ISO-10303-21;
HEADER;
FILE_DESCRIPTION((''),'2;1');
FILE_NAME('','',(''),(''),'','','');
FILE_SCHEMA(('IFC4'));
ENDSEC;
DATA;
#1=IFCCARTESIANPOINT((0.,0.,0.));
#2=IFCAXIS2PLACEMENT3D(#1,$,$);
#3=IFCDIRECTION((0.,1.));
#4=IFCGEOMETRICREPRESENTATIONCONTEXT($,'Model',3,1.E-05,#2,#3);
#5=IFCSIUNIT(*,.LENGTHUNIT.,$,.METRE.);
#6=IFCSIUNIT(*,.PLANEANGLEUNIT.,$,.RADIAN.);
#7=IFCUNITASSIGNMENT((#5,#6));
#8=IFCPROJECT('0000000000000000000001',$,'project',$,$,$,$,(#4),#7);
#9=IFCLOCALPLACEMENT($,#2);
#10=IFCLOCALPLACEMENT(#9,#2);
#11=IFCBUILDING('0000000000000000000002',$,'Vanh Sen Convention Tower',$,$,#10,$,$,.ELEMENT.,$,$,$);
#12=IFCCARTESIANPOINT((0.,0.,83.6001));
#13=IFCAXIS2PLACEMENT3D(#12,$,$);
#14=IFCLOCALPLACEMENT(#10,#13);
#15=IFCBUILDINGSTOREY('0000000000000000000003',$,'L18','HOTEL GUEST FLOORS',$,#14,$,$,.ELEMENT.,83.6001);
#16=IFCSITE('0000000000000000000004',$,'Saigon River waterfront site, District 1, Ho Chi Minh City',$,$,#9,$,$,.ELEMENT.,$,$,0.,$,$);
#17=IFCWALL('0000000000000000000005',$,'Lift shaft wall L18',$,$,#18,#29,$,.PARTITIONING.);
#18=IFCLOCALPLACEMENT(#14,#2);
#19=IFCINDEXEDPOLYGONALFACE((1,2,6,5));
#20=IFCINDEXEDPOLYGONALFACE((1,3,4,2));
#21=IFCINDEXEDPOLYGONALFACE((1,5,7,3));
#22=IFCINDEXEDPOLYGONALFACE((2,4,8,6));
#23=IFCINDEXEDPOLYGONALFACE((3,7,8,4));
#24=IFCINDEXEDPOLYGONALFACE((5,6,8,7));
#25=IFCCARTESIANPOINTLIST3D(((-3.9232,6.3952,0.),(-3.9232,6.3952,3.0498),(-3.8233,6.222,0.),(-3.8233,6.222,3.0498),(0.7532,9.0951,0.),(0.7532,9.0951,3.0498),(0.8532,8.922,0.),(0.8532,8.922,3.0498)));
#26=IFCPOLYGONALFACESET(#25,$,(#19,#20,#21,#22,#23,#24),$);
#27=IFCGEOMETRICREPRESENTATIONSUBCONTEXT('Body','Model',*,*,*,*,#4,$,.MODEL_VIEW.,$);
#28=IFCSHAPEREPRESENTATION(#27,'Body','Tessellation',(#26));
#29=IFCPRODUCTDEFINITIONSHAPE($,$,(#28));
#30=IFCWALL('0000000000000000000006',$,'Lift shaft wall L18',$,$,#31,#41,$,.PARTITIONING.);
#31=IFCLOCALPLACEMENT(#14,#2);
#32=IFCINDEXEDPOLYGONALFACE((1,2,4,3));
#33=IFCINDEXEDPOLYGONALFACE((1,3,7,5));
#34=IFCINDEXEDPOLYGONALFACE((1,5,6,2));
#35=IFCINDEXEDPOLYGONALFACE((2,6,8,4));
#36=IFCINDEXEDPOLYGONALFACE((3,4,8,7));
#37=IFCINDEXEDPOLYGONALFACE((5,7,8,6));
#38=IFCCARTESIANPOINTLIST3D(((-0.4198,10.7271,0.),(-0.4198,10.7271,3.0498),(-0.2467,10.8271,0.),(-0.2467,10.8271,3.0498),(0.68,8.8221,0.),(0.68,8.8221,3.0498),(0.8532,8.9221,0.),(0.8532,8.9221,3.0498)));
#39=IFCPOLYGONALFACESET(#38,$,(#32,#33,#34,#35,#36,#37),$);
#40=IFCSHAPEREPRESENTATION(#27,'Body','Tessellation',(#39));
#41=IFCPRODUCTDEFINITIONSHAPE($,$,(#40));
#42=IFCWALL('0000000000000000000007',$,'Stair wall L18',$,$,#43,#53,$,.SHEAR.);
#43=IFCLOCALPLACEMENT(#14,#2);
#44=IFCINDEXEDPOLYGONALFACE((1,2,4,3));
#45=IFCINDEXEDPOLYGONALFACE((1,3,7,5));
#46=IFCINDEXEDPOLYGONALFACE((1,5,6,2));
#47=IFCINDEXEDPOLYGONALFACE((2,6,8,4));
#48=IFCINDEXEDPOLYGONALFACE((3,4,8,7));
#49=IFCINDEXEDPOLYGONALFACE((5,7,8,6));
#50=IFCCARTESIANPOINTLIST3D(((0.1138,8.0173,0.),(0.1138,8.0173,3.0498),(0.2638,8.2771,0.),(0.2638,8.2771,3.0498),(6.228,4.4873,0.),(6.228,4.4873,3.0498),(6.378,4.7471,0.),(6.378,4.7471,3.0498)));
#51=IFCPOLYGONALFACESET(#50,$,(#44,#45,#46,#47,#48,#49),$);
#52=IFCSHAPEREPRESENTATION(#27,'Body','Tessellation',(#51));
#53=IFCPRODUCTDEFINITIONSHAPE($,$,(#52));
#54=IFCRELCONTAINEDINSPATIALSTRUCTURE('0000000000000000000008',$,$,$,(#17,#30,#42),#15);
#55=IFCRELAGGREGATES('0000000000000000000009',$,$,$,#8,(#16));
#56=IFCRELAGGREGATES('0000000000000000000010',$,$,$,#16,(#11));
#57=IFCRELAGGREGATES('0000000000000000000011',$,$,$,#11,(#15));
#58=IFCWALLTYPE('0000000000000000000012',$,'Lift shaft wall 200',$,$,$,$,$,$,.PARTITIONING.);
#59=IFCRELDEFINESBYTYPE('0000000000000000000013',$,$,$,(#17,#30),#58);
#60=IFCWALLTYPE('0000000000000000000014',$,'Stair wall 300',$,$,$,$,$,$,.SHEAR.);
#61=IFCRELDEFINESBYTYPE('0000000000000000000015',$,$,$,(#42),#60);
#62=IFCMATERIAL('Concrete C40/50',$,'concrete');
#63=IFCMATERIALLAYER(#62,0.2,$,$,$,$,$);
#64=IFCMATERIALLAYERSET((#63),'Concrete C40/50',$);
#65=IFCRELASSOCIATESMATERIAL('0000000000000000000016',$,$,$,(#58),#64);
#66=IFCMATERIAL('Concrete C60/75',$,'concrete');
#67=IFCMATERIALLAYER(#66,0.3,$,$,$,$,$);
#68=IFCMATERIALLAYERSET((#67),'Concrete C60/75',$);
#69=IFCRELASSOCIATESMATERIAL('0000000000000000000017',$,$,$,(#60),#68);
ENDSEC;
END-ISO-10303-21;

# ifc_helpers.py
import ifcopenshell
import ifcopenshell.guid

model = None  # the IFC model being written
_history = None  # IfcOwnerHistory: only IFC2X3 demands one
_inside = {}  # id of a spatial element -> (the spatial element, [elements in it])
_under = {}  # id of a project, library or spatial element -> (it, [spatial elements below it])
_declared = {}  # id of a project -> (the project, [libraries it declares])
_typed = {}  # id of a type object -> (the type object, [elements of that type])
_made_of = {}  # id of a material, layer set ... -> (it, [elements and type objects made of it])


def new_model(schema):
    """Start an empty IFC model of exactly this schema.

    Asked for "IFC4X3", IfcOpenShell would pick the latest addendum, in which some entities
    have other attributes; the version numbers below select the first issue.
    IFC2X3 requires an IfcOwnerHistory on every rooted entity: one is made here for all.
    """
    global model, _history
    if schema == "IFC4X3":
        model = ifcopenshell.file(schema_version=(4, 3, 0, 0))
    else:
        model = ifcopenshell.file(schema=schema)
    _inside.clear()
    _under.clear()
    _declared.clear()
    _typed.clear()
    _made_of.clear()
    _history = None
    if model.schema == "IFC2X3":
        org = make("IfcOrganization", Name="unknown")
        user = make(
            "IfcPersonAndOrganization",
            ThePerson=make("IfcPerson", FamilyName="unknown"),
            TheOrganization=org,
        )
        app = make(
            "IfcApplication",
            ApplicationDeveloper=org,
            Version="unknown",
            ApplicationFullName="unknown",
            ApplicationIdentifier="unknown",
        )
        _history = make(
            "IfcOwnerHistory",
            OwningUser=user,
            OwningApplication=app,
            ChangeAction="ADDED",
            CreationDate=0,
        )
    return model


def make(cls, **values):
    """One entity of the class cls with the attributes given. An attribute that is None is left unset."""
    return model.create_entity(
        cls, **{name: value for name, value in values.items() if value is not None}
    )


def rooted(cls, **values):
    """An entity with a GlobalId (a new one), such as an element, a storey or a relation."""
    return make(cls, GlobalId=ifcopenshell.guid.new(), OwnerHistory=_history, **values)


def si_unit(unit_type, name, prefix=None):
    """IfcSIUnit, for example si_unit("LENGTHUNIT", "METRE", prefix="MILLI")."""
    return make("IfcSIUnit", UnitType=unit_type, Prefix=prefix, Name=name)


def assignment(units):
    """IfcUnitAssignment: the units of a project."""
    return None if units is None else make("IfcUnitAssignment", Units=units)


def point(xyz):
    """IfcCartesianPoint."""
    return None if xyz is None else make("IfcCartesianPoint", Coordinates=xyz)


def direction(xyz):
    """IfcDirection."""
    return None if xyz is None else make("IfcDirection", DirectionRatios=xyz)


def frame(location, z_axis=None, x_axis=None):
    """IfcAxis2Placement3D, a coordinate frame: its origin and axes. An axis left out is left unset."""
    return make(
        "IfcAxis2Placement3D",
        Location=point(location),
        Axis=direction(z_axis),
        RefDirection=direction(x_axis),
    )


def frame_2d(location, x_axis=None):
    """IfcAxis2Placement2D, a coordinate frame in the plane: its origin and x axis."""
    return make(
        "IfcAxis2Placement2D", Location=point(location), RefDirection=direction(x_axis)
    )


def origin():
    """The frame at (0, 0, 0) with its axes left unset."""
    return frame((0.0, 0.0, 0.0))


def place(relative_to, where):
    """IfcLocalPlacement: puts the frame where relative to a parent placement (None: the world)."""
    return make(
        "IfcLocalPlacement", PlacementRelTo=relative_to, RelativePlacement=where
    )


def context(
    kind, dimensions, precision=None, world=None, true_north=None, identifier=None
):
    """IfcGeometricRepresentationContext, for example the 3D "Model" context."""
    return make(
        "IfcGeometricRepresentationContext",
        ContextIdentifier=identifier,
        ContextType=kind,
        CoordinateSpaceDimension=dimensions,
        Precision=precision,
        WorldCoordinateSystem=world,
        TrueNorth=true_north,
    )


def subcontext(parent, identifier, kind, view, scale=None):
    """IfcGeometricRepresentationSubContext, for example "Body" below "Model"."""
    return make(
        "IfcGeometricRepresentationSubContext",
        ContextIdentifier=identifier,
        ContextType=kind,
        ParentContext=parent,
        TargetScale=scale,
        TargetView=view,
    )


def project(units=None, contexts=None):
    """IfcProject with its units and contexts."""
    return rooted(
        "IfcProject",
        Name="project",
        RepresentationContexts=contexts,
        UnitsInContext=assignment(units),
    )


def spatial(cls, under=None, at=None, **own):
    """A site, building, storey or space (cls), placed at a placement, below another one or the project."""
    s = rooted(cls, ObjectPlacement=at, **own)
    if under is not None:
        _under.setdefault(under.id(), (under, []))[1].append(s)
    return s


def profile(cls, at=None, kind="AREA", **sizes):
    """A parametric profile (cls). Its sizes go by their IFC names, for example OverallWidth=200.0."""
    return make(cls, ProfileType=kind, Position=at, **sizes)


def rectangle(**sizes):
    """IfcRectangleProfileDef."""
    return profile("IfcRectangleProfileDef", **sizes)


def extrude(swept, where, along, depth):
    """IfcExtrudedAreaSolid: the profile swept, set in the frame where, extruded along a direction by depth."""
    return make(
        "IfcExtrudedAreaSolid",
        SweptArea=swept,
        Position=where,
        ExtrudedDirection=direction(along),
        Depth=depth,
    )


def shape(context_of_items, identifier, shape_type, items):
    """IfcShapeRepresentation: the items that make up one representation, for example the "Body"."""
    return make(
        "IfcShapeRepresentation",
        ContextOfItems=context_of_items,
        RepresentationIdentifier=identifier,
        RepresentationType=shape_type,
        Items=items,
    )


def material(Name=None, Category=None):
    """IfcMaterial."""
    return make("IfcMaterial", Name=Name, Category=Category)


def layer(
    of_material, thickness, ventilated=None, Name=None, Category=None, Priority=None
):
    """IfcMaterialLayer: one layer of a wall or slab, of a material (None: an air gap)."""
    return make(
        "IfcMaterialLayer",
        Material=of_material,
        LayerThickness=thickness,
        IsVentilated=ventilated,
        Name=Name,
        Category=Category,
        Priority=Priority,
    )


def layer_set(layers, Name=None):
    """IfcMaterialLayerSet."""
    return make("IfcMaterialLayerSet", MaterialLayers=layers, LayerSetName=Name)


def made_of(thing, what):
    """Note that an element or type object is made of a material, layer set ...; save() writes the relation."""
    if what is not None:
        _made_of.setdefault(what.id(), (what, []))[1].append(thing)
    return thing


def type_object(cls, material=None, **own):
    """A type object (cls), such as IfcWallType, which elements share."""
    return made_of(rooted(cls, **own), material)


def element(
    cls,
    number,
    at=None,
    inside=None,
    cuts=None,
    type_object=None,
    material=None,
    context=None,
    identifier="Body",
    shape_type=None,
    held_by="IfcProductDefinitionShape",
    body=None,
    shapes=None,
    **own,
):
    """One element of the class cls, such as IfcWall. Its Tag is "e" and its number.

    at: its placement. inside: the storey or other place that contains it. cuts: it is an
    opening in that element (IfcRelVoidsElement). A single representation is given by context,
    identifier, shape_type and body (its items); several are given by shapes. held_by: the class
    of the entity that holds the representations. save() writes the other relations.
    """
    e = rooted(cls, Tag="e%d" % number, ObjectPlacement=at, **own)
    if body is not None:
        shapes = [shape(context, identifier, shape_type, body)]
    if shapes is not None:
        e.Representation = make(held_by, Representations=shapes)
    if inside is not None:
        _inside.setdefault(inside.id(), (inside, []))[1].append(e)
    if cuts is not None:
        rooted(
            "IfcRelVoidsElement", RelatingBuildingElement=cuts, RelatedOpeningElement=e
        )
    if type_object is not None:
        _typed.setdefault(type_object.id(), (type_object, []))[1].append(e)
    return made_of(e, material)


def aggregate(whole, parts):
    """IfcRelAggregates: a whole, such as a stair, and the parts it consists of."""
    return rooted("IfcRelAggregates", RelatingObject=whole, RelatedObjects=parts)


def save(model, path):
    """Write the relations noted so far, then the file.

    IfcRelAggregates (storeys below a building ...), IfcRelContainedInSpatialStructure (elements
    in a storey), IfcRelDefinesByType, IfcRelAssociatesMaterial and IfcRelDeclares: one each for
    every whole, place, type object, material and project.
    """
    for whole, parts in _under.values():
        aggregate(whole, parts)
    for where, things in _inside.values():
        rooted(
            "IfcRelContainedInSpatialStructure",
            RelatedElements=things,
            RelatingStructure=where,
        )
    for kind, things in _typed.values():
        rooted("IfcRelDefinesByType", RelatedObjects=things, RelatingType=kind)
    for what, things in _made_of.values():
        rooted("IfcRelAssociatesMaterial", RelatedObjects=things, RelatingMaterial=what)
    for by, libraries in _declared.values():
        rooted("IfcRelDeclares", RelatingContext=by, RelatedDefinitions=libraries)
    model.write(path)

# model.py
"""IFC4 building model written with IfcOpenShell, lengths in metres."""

from ifc_helpers import new_model, si_unit, direction, frame, frame_2d, origin, place, context, subcontext, project, spatial, rectangle, extrude, material, layer, layer_set, type_object, element, save


model = new_model("IFC4")

# Units and contexts
model_context = context("Model", 3, precision=1e-05, world=origin(), true_north=direction((0.0, 1.0)))
body_context = subcontext(model_context, "Body", "Model", "MODEL_VIEW")
ifc_project = project(units=[si_unit("LENGTHUNIT", "METRE"), si_unit("PLANEANGLEUNIT", "RADIAN")], contexts=[model_context])

# Site, building, storey
site_placement = place(None, origin())
site = spatial("IfcSite", under=ifc_project, at=site_placement, Name="Saigon River waterfront site, District 1, Ho Chi Minh City", CompositionType="ELEMENT", RefElevation=0.0)
building_placement = place(site_placement, origin())
building = spatial("IfcBuilding", under=site, at=building_placement, Name="Vanh Sen Convention Tower", CompositionType="ELEMENT")
storey_placement = place(building_placement, frame((0.0, 0.0, 83.6001)))
storey = spatial("IfcBuildingStorey", under=building, at=storey_placement, Name="L18", Description="HOTEL GUEST FLOORS", CompositionType="ELEMENT", Elevation=83.6001)

# Shared definitions
ifc_material_1 = material(Name="Concrete C60/75", Category="concrete")

# Walls
ifc_material_2 = material(Name="Concrete C40/50", Category="concrete")
ifc_layer_1 = layer(ifc_material_2, 0.2)
ifc_layer_set_1 = layer_set([ifc_layer_1], Name="Concrete C40/50")
wall_type_1 = type_object("IfcWallType", Name="Lift shaft wall 200", PredefinedType="PARTITIONING", material=ifc_layer_set_1)
wall_1_placement = place(storey_placement, frame((0.8032, 9.0085, 0.0), z_axis=(0.0, 0.0, 1.0), x_axis=(-0.866028, -0.499995, 0.0)))
element("IfcWall", 1, at=wall_1_placement, inside=storey, type_object=wall_type_1, Name="Lift shaft wall L18", PredefinedType="PARTITIONING", context=body_context, shape_type="SweptSolid", body=[
    extrude(rectangle(XDim=5.3999, YDim=0.2, at=frame_2d((2.7, 0.0))), origin(), (0.0, 0.0, 1.0), 3.0498),
])
wall_2_placement = place(storey_placement, frame((0.7666, 8.8721, 0.0), z_axis=(0.0, 0.0, 1.0), x_axis=(-0.499995, 0.866028, 0.0)))
element("IfcWall", 2, at=wall_2_placement, inside=storey, type_object=wall_type_1, Name="Lift shaft wall L18", PredefinedType="PARTITIONING", context=body_context, shape_type="SweptSolid", body=[
    extrude(rectangle(XDim=2.1997, YDim=0.2, at=frame_2d((1.0999, 0.0))), origin(), (0.0, 0.0, 1.0), 3.0498),
])
ifc_layer_2 = layer(ifc_material_1, 0.3)
ifc_layer_set_2 = layer_set([ifc_layer_2], Name="Concrete C60/75")
wall_type_2 = type_object("IfcWallType", Name="Stair wall 300", PredefinedType="SHEAR", material=ifc_layer_set_2)
wall_3_placement = place(storey_placement, frame((6.303, 4.6172, 0.0), z_axis=(0.0, 0.0, 1.0), x_axis=(-0.866028, 0.499996, 0.0)))
element("IfcWall", 3, at=wall_3_placement, inside=storey, type_object=wall_type_2, Name="Stair wall L18", PredefinedType="SHEAR", context=body_context, shape_type="SweptSolid", body=[
    extrude(rectangle(XDim=7.0601, YDim=0.3, at=frame_2d((3.53, 0.0))), origin(), (0.0, 0.0, 1.0), 3.0498),
])

save(model, "model.ifc")
